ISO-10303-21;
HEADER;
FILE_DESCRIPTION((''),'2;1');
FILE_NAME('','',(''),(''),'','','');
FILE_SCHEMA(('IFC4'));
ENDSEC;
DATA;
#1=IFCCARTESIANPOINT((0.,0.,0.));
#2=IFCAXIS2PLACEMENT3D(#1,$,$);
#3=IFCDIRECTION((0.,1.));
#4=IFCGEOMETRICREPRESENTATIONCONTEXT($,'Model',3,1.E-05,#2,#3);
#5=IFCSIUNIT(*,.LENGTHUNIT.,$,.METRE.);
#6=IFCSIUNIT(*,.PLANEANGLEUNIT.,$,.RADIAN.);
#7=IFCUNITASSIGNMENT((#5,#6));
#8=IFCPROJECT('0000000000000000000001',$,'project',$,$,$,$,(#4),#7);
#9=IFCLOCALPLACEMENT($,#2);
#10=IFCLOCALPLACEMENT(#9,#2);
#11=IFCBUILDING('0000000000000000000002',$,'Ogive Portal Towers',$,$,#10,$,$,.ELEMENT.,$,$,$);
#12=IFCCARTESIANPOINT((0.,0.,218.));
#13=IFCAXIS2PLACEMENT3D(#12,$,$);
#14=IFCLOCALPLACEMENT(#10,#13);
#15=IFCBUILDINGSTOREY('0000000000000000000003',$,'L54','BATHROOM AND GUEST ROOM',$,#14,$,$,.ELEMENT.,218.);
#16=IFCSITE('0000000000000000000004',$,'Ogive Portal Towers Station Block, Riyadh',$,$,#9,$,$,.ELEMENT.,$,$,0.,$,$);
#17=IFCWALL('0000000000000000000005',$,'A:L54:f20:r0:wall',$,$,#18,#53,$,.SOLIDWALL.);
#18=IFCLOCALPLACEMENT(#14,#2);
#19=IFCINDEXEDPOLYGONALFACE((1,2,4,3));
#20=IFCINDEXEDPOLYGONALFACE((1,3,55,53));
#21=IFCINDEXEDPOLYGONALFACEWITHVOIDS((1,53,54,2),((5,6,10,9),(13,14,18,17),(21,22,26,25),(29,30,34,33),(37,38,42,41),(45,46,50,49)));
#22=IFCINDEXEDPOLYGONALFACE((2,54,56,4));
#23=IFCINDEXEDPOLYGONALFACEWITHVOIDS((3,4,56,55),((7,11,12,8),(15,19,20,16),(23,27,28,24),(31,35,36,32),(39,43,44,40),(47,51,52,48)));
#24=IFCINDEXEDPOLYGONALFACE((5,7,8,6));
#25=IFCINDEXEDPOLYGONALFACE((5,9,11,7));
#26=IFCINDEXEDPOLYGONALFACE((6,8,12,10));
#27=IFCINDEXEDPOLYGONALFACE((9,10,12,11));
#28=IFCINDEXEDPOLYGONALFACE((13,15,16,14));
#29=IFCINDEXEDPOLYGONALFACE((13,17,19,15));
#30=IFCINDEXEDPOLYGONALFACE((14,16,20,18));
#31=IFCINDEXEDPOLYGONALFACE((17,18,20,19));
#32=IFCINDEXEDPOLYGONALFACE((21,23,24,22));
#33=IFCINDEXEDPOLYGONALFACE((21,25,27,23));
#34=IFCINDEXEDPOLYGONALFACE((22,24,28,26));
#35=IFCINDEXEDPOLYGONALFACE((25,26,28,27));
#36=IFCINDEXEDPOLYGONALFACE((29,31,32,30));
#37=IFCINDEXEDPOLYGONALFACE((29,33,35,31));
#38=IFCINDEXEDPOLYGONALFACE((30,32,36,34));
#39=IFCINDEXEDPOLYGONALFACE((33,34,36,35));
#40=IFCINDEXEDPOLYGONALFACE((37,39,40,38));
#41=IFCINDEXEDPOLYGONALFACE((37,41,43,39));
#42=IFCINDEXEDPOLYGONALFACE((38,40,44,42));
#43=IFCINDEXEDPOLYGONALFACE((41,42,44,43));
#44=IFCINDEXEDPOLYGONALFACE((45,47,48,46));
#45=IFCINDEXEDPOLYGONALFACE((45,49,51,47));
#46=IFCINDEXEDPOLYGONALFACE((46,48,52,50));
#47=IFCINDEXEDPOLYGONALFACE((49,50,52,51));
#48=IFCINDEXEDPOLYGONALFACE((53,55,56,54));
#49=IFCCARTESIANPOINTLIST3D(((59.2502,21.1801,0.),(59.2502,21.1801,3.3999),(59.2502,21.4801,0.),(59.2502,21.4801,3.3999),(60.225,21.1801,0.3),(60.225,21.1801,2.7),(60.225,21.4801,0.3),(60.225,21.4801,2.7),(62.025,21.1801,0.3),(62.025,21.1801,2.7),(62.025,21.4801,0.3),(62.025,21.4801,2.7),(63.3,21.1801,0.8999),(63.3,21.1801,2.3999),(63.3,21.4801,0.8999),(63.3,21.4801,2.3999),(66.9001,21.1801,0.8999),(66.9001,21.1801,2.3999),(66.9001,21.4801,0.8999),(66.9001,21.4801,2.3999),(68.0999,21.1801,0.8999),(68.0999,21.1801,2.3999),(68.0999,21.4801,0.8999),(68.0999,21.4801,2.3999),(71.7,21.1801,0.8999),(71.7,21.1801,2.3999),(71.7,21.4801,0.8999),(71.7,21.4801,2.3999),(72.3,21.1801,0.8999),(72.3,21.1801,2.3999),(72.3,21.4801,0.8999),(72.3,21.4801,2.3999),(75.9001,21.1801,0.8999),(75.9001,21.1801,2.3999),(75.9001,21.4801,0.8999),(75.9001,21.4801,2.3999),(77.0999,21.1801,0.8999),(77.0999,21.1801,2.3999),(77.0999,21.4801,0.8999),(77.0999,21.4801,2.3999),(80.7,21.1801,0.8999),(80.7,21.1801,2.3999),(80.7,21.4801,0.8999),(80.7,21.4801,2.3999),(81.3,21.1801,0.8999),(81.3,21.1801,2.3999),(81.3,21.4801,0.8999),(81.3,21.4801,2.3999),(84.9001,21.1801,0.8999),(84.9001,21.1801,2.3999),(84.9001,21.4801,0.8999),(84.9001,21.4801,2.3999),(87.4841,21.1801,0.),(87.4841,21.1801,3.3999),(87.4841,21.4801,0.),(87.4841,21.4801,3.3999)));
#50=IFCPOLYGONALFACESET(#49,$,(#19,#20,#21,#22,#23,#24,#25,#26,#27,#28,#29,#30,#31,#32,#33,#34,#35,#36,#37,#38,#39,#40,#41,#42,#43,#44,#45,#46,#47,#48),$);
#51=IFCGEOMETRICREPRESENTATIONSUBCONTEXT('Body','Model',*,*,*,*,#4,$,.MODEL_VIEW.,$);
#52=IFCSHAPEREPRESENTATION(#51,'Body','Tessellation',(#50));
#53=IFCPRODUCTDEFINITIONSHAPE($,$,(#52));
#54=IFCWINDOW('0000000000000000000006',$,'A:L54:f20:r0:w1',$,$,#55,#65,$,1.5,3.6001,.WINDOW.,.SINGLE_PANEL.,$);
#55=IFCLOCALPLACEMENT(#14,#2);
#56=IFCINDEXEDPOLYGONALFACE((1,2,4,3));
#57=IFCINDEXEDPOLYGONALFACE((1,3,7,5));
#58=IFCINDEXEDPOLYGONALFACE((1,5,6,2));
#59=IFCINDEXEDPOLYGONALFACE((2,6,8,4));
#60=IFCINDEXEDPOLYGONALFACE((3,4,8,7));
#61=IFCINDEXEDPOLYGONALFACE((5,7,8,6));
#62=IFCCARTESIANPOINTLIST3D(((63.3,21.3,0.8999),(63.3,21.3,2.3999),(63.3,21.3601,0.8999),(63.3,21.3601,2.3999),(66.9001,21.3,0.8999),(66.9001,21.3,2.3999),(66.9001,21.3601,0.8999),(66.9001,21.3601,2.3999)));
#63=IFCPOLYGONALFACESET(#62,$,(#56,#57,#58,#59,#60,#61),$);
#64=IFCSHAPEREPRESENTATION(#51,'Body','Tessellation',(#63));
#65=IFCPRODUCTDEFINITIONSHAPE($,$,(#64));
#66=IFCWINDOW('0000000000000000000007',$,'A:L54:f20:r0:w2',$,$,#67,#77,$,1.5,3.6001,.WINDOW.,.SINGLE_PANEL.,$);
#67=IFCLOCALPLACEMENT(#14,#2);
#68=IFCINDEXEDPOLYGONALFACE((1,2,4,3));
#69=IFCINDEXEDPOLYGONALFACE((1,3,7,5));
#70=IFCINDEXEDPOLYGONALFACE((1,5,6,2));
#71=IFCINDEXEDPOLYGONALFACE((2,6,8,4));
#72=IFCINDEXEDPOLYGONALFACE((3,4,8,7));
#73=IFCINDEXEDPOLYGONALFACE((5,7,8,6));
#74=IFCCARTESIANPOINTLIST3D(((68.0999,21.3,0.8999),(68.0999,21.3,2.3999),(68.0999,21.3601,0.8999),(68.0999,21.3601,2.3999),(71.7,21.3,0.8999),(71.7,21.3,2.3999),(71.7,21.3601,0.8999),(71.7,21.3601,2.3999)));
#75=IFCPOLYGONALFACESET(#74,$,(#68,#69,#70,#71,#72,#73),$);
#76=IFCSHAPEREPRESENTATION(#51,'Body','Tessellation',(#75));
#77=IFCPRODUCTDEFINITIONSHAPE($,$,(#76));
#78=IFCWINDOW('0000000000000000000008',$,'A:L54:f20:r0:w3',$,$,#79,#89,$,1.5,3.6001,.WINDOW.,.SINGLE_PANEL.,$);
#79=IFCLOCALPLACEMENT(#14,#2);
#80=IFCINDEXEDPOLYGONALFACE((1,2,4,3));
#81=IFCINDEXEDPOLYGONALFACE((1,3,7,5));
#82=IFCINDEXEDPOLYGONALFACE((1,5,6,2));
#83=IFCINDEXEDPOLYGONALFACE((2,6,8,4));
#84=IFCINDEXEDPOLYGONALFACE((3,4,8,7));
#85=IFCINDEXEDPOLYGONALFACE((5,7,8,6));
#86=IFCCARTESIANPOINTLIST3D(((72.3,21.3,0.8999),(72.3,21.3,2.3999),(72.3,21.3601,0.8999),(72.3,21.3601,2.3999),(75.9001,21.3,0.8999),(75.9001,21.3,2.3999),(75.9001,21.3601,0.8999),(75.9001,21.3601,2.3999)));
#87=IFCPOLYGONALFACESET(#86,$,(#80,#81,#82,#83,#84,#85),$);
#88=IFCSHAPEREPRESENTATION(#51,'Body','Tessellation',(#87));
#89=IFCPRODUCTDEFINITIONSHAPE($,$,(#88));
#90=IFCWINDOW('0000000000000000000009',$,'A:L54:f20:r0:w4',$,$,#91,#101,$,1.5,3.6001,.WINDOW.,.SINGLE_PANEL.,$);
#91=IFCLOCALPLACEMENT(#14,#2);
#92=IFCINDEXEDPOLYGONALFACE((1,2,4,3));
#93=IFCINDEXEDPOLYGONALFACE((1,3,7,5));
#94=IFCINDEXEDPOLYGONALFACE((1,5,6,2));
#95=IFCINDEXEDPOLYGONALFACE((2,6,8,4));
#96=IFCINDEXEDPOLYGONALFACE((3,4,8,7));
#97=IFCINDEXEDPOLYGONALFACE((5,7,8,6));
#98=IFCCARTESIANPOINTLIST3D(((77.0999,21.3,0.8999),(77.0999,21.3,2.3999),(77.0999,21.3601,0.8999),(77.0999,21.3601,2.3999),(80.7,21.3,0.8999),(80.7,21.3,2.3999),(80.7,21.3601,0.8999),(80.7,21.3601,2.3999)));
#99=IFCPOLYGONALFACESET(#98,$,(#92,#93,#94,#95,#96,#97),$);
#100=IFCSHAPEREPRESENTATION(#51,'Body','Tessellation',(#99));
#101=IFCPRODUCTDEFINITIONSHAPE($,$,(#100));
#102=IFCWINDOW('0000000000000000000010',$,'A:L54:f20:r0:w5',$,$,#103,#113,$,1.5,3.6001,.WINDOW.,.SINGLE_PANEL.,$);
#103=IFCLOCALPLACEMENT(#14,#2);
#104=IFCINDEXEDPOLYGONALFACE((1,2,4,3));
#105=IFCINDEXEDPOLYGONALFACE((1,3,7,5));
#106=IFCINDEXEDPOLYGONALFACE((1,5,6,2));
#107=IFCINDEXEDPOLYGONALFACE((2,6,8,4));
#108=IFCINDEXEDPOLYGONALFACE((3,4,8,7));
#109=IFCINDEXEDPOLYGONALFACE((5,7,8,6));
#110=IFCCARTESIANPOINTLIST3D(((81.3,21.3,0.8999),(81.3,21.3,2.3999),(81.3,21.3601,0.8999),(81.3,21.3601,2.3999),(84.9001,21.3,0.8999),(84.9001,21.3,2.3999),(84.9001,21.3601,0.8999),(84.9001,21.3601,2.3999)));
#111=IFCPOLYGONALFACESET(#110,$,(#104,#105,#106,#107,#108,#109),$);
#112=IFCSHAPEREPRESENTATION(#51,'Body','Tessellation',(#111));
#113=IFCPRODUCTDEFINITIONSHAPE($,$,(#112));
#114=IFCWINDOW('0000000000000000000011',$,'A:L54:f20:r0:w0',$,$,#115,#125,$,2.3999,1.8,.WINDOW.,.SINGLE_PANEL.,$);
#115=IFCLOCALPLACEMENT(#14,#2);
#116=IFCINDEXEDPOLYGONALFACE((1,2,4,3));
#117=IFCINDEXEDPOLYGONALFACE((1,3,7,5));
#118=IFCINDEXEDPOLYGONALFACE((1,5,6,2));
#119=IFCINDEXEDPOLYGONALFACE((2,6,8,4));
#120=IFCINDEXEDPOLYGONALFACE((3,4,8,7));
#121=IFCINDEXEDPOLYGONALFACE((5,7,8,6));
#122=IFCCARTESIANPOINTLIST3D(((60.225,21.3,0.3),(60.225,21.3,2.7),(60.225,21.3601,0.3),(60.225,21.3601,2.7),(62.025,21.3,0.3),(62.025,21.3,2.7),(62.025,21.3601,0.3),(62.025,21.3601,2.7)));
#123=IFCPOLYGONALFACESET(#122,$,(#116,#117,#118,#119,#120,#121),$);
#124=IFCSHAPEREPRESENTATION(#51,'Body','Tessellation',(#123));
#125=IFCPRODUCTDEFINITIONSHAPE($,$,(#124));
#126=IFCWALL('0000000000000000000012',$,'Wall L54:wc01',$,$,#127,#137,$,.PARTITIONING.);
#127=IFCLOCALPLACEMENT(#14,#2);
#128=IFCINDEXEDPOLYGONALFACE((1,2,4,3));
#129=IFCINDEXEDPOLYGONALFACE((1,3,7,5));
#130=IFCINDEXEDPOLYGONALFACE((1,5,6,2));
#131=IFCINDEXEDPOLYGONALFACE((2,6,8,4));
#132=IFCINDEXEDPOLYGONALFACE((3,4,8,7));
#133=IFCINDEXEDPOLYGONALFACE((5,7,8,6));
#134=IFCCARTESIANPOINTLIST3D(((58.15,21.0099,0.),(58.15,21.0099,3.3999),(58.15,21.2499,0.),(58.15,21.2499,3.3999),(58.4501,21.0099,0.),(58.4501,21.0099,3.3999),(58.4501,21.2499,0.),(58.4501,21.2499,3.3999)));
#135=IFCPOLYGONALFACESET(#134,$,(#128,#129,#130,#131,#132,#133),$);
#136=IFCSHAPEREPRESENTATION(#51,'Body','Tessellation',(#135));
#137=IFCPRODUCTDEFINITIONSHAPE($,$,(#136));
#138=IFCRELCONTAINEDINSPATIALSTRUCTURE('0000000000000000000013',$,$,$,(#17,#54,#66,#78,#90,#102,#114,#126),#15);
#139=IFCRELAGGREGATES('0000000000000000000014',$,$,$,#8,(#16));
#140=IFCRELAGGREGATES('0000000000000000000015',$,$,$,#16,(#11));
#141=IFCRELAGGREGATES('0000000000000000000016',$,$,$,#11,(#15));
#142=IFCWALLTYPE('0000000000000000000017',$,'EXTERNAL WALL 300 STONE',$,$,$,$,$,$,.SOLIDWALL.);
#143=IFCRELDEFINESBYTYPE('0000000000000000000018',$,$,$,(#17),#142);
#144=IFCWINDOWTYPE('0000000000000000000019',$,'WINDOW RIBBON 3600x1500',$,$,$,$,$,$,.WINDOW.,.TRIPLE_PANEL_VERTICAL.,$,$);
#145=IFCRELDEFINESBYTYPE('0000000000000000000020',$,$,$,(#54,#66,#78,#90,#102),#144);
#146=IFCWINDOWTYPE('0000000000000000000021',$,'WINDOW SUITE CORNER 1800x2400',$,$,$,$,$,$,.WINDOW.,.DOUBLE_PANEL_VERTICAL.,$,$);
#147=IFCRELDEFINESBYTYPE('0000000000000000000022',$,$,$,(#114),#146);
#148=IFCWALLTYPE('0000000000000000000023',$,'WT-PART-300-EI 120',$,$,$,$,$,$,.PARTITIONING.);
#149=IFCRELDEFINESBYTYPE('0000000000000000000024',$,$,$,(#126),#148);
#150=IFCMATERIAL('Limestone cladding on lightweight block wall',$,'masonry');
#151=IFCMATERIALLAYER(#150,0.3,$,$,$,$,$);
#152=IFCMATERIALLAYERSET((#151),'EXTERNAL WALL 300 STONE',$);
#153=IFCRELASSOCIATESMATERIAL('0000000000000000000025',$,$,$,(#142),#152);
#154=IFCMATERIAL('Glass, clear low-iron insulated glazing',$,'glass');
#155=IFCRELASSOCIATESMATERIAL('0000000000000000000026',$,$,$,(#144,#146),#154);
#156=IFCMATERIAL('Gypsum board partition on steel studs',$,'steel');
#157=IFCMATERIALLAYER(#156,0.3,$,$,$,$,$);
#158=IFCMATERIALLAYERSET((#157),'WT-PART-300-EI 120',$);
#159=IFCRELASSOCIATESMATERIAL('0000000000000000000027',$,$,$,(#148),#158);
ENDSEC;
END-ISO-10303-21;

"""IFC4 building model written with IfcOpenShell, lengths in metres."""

from ifc_helpers import new_model, si_unit, direction, frame, frame_2d, origin, place, context, subcontext, project, spatial, rectangle, extrude, material, layer, layer_set, type_object, element, fill, save


model = new_model("IFC4")

# Units and contexts
model_context = context("Model", 3, precision=1e-05, world=origin(), true_north=direction((0.0, 1.0)))
body_context = subcontext(model_context, "Body", "Model", "MODEL_VIEW")
ifc_project = project(units=[si_unit("LENGTHUNIT", "METRE"), si_unit("PLANEANGLEUNIT", "RADIAN")], contexts=[model_context])

# Site, building, storey
site_placement = place(None, origin())
site = spatial("IfcSite", under=ifc_project, at=site_placement, Name="Ogive Portal Towers Station Block, Riyadh", CompositionType="ELEMENT", RefElevation=0.0)
building_placement = place(site_placement, origin())
building = spatial("IfcBuilding", under=site, at=building_placement, Name="Ogive Portal Towers", CompositionType="ELEMENT")
storey_placement = place(building_placement, frame((0.0, 0.0, 218.0)))
storey = spatial("IfcBuildingStorey", under=building, at=storey_placement, Name="L54", Description="BATHROOM AND GUEST ROOM", CompositionType="ELEMENT", Elevation=218.0)

# Shared definitions
ifc_material_1 = material(Name="Limestone cladding on lightweight block wall", Category="masonry")
ifc_layer_1 = layer(ifc_material_1, 0.3)
ifc_layer_set_1 = layer_set([ifc_layer_1], Name="EXTERNAL WALL 300 STONE")
wall_type_1 = type_object("IfcWallType", Name="EXTERNAL WALL 300 STONE", PredefinedType="SOLIDWALL", material=ifc_layer_set_1)

# Wall, openings, windows
wall_1_placement = place(storey_placement, frame((59.2502, 21.3301, 0.0), z_axis=(0.0, 0.0, 1.0), x_axis=(1.0, 0.0, 0.0)))
wall_1 = element("IfcWall", 1, at=wall_1_placement, inside=storey, type_object=wall_type_1, Name="A:L54:f20:r0:wall", PredefinedType="SOLIDWALL", context=body_context, shape_type="SweptSolid", body=[
    extrude(rectangle(XDim=28.2339, YDim=0.3, at=frame_2d((14.1169, 0.0))), origin(), (0.0, 0.0, 1.0), 3.3999),
])
opening_1_placement = place(wall_1_placement, frame((0.9749, 0.0, 0.3)))
opening_1 = element("IfcOpeningElement", 2, at=opening_1_placement, cuts=wall_1, PredefinedType="OPENING", context=body_context, shape_type="SweptSolid", body=[
    extrude(rectangle(XDim=1.8, YDim=2.3999, at=frame_2d((0.8999, 1.2))), frame((0.0, 0.1602, 0.0), z_axis=(0.0, -1.0, 0.0), x_axis=(1.0, 0.0, 0.0)), (0.0, 0.0, 1.0), 0.3201),
])
opening_2_placement = place(wall_1_placement, frame((4.0498, 0.0, 0.8999)))
opening_2 = element("IfcOpeningElement", 3, at=opening_2_placement, cuts=wall_1, PredefinedType="OPENING", context=body_context, shape_type="SweptSolid", body=[
    extrude(rectangle(XDim=3.6001, YDim=1.5, at=frame_2d((1.8, 0.75))), frame((0.0, 0.1602, 0.0), z_axis=(0.0, -1.0, 0.0), x_axis=(1.0, 0.0, 0.0)), (0.0, 0.0, 1.0), 0.3201),
])
opening_3_placement = place(wall_1_placement, frame((8.8496, 0.0, 0.8999)))
opening_3 = element("IfcOpeningElement", 4, at=opening_3_placement, cuts=wall_1, PredefinedType="OPENING", context=body_context, shape_type="SweptSolid", body=[
    extrude(rectangle(XDim=3.6001, YDim=1.5, at=frame_2d((1.8, 0.75))), frame((0.0, 0.1602, 0.0), z_axis=(0.0, -1.0, 0.0), x_axis=(1.0, 0.0, 0.0)), (0.0, 0.0, 1.0), 0.3201),
])
opening_4_placement = place(wall_1_placement, frame((13.0498, 0.0, 0.8999)))
opening_4 = element("IfcOpeningElement", 5, at=opening_4_placement, cuts=wall_1, PredefinedType="OPENING", context=body_context, shape_type="SweptSolid", body=[
    extrude(rectangle(XDim=3.6001, YDim=1.5, at=frame_2d((1.8, 0.75))), frame((0.0, 0.1602, 0.0), z_axis=(0.0, -1.0, 0.0), x_axis=(1.0, 0.0, 0.0)), (0.0, 0.0, 1.0), 0.3201),
])
opening_5_placement = place(wall_1_placement, frame((17.8496, 0.0, 0.8999)))
opening_5 = element("IfcOpeningElement", 6, at=opening_5_placement, cuts=wall_1, PredefinedType="OPENING", context=body_context, shape_type="SweptSolid", body=[
    extrude(rectangle(XDim=3.6001, YDim=1.5, at=frame_2d((1.8, 0.75))), frame((0.0, 0.1602, 0.0), z_axis=(0.0, -1.0, 0.0), x_axis=(1.0, 0.0, 0.0)), (0.0, 0.0, 1.0), 0.3201),
])
opening_6_placement = place(wall_1_placement, frame((22.0498, 0.0, 0.8999)))
opening_6 = element("IfcOpeningElement", 7, at=opening_6_placement, cuts=wall_1, PredefinedType="OPENING", context=body_context, shape_type="SweptSolid", body=[
    extrude(rectangle(XDim=3.6001, YDim=1.5, at=frame_2d((1.8, 0.75))), frame((0.0, 0.1602, 0.0), z_axis=(0.0, -1.0, 0.0), x_axis=(1.0, 0.0, 0.0)), (0.0, 0.0, 1.0), 0.3201),
])
ifc_material_2 = material(Name="Glass, clear low-iron insulated glazing", Category="glass")
window_type_1 = type_object("IfcWindowType", Name="WINDOW RIBBON 3600x1500", PartitioningType="TRIPLE_PANEL_VERTICAL", PredefinedType="WINDOW", material=ifc_material_2)
window_1_placement = place(opening_2_placement, origin())
window_1 = element("IfcWindow", 8, at=window_1_placement, inside=storey, type_object=window_type_1, Name="A:L54:f20:r0:w1", OverallHeight=1.5, OverallWidth=3.6001, PartitioningType="SINGLE_PANEL", PredefinedType="WINDOW", context=body_context, shape_type="SweptSolid", body=[
    extrude(rectangle(XDim=3.6001, YDim=1.5, at=frame_2d((1.8, 0.75))), frame((0.0, 0.03, 0.0), z_axis=(0.0, -1.0, 0.0), x_axis=(1.0, 0.0, 0.0)), (0.0, 0.0, 1.0), 0.0601),
])
fill(opening_2, window_1)
window_2_placement = place(opening_3_placement, origin())
window_2 = element("IfcWindow", 9, at=window_2_placement, inside=storey, type_object=window_type_1, Name="A:L54:f20:r0:w2", OverallHeight=1.5, OverallWidth=3.6001, PartitioningType="SINGLE_PANEL", PredefinedType="WINDOW", context=body_context, shape_type="SweptSolid", body=[
    extrude(rectangle(XDim=3.6001, YDim=1.5, at=frame_2d((1.8, 0.75))), frame((0.0, 0.03, 0.0), z_axis=(0.0, -1.0, 0.0), x_axis=(1.0, 0.0, 0.0)), (0.0, 0.0, 1.0), 0.0601),
])
fill(opening_3, window_2)
window_3_placement = place(opening_4_placement, origin())
window_3 = element("IfcWindow", 10, at=window_3_placement, inside=storey, type_object=window_type_1, Name="A:L54:f20:r0:w3", OverallHeight=1.5, OverallWidth=3.6001, PartitioningType="SINGLE_PANEL", PredefinedType="WINDOW", context=body_context, shape_type="SweptSolid", body=[
    extrude(rectangle(XDim=3.6001, YDim=1.5, at=frame_2d((1.8, 0.75))), frame((0.0, 0.03, 0.0), z_axis=(0.0, -1.0, 0.0), x_axis=(1.0, 0.0, 0.0)), (0.0, 0.0, 1.0), 0.0601),
])
fill(opening_4, window_3)
window_4_placement = place(opening_5_placement, origin())
window_4 = element("IfcWindow", 11, at=window_4_placement, inside=storey, type_object=window_type_1, Name="A:L54:f20:r0:w4", OverallHeight=1.5, OverallWidth=3.6001, PartitioningType="SINGLE_PANEL", PredefinedType="WINDOW", context=body_context, shape_type="SweptSolid", body=[
    extrude(rectangle(XDim=3.6001, YDim=1.5, at=frame_2d((1.8, 0.75))), frame((0.0, 0.03, 0.0), z_axis=(0.0, -1.0, 0.0), x_axis=(1.0, 0.0, 0.0)), (0.0, 0.0, 1.0), 0.0601),
])
fill(opening_5, window_4)
window_5_placement = place(opening_6_placement, origin())
window_5 = element("IfcWindow", 12, at=window_5_placement, inside=storey, type_object=window_type_1, Name="A:L54:f20:r0:w5", OverallHeight=1.5, OverallWidth=3.6001, PartitioningType="SINGLE_PANEL", PredefinedType="WINDOW", context=body_context, shape_type="SweptSolid", body=[
    extrude(rectangle(XDim=3.6001, YDim=1.5, at=frame_2d((1.8, 0.75))), frame((0.0, 0.03, 0.0), z_axis=(0.0, -1.0, 0.0), x_axis=(1.0, 0.0, 0.0)), (0.0, 0.0, 1.0), 0.0601),
])
fill(opening_6, window_5)
window_type_2 = type_object("IfcWindowType", Name="WINDOW SUITE CORNER 1800x2400", PartitioningType="DOUBLE_PANEL_VERTICAL", PredefinedType="WINDOW", material=ifc_material_2)
window_6_placement = place(opening_1_placement, origin())
window_6 = element("IfcWindow", 13, at=window_6_placement, inside=storey, type_object=window_type_2, Name="A:L54:f20:r0:w0", OverallHeight=2.3999, OverallWidth=1.8, PartitioningType="SINGLE_PANEL", PredefinedType="WINDOW", context=body_context, shape_type="SweptSolid", body=[
    extrude(rectangle(XDim=1.8, YDim=2.3999, at=frame_2d((0.8999, 1.2))), frame((0.0, 0.03, 0.0), z_axis=(0.0, -1.0, 0.0), x_axis=(1.0, 0.0, 0.0)), (0.0, 0.0, 1.0), 0.0601),
])
fill(opening_1, window_6)

# Wall
ifc_material_3 = material(Name="Gypsum board partition on steel studs", Category="steel")
ifc_layer_2 = layer(ifc_material_3, 0.3)
ifc_layer_set_2 = layer_set([ifc_layer_2], Name="WT-PART-300-EI 120")
wall_type_2 = type_object("IfcWallType", Name="WT-PART-300-EI 120", PredefinedType="PARTITIONING", material=ifc_layer_set_2)
wall_2_placement = place(storey_placement, frame((58.3, 21.25, 0.0), z_axis=(0.0, 0.0, 1.0), x_axis=(0.0, -1.0, 0.0)))
element("IfcWall", 14, at=wall_2_placement, inside=storey, type_object=wall_type_2, Name="Wall L54:wc01", PredefinedType="PARTITIONING", context=body_context, shape_type="SweptSolid", body=[
    extrude(rectangle(XDim=0.24, YDim=0.3, at=frame_2d((0.1201, 0.0))), origin(), (0.0, 0.0, 1.0), 3.3999),
])

save(model, "model.ifc")
